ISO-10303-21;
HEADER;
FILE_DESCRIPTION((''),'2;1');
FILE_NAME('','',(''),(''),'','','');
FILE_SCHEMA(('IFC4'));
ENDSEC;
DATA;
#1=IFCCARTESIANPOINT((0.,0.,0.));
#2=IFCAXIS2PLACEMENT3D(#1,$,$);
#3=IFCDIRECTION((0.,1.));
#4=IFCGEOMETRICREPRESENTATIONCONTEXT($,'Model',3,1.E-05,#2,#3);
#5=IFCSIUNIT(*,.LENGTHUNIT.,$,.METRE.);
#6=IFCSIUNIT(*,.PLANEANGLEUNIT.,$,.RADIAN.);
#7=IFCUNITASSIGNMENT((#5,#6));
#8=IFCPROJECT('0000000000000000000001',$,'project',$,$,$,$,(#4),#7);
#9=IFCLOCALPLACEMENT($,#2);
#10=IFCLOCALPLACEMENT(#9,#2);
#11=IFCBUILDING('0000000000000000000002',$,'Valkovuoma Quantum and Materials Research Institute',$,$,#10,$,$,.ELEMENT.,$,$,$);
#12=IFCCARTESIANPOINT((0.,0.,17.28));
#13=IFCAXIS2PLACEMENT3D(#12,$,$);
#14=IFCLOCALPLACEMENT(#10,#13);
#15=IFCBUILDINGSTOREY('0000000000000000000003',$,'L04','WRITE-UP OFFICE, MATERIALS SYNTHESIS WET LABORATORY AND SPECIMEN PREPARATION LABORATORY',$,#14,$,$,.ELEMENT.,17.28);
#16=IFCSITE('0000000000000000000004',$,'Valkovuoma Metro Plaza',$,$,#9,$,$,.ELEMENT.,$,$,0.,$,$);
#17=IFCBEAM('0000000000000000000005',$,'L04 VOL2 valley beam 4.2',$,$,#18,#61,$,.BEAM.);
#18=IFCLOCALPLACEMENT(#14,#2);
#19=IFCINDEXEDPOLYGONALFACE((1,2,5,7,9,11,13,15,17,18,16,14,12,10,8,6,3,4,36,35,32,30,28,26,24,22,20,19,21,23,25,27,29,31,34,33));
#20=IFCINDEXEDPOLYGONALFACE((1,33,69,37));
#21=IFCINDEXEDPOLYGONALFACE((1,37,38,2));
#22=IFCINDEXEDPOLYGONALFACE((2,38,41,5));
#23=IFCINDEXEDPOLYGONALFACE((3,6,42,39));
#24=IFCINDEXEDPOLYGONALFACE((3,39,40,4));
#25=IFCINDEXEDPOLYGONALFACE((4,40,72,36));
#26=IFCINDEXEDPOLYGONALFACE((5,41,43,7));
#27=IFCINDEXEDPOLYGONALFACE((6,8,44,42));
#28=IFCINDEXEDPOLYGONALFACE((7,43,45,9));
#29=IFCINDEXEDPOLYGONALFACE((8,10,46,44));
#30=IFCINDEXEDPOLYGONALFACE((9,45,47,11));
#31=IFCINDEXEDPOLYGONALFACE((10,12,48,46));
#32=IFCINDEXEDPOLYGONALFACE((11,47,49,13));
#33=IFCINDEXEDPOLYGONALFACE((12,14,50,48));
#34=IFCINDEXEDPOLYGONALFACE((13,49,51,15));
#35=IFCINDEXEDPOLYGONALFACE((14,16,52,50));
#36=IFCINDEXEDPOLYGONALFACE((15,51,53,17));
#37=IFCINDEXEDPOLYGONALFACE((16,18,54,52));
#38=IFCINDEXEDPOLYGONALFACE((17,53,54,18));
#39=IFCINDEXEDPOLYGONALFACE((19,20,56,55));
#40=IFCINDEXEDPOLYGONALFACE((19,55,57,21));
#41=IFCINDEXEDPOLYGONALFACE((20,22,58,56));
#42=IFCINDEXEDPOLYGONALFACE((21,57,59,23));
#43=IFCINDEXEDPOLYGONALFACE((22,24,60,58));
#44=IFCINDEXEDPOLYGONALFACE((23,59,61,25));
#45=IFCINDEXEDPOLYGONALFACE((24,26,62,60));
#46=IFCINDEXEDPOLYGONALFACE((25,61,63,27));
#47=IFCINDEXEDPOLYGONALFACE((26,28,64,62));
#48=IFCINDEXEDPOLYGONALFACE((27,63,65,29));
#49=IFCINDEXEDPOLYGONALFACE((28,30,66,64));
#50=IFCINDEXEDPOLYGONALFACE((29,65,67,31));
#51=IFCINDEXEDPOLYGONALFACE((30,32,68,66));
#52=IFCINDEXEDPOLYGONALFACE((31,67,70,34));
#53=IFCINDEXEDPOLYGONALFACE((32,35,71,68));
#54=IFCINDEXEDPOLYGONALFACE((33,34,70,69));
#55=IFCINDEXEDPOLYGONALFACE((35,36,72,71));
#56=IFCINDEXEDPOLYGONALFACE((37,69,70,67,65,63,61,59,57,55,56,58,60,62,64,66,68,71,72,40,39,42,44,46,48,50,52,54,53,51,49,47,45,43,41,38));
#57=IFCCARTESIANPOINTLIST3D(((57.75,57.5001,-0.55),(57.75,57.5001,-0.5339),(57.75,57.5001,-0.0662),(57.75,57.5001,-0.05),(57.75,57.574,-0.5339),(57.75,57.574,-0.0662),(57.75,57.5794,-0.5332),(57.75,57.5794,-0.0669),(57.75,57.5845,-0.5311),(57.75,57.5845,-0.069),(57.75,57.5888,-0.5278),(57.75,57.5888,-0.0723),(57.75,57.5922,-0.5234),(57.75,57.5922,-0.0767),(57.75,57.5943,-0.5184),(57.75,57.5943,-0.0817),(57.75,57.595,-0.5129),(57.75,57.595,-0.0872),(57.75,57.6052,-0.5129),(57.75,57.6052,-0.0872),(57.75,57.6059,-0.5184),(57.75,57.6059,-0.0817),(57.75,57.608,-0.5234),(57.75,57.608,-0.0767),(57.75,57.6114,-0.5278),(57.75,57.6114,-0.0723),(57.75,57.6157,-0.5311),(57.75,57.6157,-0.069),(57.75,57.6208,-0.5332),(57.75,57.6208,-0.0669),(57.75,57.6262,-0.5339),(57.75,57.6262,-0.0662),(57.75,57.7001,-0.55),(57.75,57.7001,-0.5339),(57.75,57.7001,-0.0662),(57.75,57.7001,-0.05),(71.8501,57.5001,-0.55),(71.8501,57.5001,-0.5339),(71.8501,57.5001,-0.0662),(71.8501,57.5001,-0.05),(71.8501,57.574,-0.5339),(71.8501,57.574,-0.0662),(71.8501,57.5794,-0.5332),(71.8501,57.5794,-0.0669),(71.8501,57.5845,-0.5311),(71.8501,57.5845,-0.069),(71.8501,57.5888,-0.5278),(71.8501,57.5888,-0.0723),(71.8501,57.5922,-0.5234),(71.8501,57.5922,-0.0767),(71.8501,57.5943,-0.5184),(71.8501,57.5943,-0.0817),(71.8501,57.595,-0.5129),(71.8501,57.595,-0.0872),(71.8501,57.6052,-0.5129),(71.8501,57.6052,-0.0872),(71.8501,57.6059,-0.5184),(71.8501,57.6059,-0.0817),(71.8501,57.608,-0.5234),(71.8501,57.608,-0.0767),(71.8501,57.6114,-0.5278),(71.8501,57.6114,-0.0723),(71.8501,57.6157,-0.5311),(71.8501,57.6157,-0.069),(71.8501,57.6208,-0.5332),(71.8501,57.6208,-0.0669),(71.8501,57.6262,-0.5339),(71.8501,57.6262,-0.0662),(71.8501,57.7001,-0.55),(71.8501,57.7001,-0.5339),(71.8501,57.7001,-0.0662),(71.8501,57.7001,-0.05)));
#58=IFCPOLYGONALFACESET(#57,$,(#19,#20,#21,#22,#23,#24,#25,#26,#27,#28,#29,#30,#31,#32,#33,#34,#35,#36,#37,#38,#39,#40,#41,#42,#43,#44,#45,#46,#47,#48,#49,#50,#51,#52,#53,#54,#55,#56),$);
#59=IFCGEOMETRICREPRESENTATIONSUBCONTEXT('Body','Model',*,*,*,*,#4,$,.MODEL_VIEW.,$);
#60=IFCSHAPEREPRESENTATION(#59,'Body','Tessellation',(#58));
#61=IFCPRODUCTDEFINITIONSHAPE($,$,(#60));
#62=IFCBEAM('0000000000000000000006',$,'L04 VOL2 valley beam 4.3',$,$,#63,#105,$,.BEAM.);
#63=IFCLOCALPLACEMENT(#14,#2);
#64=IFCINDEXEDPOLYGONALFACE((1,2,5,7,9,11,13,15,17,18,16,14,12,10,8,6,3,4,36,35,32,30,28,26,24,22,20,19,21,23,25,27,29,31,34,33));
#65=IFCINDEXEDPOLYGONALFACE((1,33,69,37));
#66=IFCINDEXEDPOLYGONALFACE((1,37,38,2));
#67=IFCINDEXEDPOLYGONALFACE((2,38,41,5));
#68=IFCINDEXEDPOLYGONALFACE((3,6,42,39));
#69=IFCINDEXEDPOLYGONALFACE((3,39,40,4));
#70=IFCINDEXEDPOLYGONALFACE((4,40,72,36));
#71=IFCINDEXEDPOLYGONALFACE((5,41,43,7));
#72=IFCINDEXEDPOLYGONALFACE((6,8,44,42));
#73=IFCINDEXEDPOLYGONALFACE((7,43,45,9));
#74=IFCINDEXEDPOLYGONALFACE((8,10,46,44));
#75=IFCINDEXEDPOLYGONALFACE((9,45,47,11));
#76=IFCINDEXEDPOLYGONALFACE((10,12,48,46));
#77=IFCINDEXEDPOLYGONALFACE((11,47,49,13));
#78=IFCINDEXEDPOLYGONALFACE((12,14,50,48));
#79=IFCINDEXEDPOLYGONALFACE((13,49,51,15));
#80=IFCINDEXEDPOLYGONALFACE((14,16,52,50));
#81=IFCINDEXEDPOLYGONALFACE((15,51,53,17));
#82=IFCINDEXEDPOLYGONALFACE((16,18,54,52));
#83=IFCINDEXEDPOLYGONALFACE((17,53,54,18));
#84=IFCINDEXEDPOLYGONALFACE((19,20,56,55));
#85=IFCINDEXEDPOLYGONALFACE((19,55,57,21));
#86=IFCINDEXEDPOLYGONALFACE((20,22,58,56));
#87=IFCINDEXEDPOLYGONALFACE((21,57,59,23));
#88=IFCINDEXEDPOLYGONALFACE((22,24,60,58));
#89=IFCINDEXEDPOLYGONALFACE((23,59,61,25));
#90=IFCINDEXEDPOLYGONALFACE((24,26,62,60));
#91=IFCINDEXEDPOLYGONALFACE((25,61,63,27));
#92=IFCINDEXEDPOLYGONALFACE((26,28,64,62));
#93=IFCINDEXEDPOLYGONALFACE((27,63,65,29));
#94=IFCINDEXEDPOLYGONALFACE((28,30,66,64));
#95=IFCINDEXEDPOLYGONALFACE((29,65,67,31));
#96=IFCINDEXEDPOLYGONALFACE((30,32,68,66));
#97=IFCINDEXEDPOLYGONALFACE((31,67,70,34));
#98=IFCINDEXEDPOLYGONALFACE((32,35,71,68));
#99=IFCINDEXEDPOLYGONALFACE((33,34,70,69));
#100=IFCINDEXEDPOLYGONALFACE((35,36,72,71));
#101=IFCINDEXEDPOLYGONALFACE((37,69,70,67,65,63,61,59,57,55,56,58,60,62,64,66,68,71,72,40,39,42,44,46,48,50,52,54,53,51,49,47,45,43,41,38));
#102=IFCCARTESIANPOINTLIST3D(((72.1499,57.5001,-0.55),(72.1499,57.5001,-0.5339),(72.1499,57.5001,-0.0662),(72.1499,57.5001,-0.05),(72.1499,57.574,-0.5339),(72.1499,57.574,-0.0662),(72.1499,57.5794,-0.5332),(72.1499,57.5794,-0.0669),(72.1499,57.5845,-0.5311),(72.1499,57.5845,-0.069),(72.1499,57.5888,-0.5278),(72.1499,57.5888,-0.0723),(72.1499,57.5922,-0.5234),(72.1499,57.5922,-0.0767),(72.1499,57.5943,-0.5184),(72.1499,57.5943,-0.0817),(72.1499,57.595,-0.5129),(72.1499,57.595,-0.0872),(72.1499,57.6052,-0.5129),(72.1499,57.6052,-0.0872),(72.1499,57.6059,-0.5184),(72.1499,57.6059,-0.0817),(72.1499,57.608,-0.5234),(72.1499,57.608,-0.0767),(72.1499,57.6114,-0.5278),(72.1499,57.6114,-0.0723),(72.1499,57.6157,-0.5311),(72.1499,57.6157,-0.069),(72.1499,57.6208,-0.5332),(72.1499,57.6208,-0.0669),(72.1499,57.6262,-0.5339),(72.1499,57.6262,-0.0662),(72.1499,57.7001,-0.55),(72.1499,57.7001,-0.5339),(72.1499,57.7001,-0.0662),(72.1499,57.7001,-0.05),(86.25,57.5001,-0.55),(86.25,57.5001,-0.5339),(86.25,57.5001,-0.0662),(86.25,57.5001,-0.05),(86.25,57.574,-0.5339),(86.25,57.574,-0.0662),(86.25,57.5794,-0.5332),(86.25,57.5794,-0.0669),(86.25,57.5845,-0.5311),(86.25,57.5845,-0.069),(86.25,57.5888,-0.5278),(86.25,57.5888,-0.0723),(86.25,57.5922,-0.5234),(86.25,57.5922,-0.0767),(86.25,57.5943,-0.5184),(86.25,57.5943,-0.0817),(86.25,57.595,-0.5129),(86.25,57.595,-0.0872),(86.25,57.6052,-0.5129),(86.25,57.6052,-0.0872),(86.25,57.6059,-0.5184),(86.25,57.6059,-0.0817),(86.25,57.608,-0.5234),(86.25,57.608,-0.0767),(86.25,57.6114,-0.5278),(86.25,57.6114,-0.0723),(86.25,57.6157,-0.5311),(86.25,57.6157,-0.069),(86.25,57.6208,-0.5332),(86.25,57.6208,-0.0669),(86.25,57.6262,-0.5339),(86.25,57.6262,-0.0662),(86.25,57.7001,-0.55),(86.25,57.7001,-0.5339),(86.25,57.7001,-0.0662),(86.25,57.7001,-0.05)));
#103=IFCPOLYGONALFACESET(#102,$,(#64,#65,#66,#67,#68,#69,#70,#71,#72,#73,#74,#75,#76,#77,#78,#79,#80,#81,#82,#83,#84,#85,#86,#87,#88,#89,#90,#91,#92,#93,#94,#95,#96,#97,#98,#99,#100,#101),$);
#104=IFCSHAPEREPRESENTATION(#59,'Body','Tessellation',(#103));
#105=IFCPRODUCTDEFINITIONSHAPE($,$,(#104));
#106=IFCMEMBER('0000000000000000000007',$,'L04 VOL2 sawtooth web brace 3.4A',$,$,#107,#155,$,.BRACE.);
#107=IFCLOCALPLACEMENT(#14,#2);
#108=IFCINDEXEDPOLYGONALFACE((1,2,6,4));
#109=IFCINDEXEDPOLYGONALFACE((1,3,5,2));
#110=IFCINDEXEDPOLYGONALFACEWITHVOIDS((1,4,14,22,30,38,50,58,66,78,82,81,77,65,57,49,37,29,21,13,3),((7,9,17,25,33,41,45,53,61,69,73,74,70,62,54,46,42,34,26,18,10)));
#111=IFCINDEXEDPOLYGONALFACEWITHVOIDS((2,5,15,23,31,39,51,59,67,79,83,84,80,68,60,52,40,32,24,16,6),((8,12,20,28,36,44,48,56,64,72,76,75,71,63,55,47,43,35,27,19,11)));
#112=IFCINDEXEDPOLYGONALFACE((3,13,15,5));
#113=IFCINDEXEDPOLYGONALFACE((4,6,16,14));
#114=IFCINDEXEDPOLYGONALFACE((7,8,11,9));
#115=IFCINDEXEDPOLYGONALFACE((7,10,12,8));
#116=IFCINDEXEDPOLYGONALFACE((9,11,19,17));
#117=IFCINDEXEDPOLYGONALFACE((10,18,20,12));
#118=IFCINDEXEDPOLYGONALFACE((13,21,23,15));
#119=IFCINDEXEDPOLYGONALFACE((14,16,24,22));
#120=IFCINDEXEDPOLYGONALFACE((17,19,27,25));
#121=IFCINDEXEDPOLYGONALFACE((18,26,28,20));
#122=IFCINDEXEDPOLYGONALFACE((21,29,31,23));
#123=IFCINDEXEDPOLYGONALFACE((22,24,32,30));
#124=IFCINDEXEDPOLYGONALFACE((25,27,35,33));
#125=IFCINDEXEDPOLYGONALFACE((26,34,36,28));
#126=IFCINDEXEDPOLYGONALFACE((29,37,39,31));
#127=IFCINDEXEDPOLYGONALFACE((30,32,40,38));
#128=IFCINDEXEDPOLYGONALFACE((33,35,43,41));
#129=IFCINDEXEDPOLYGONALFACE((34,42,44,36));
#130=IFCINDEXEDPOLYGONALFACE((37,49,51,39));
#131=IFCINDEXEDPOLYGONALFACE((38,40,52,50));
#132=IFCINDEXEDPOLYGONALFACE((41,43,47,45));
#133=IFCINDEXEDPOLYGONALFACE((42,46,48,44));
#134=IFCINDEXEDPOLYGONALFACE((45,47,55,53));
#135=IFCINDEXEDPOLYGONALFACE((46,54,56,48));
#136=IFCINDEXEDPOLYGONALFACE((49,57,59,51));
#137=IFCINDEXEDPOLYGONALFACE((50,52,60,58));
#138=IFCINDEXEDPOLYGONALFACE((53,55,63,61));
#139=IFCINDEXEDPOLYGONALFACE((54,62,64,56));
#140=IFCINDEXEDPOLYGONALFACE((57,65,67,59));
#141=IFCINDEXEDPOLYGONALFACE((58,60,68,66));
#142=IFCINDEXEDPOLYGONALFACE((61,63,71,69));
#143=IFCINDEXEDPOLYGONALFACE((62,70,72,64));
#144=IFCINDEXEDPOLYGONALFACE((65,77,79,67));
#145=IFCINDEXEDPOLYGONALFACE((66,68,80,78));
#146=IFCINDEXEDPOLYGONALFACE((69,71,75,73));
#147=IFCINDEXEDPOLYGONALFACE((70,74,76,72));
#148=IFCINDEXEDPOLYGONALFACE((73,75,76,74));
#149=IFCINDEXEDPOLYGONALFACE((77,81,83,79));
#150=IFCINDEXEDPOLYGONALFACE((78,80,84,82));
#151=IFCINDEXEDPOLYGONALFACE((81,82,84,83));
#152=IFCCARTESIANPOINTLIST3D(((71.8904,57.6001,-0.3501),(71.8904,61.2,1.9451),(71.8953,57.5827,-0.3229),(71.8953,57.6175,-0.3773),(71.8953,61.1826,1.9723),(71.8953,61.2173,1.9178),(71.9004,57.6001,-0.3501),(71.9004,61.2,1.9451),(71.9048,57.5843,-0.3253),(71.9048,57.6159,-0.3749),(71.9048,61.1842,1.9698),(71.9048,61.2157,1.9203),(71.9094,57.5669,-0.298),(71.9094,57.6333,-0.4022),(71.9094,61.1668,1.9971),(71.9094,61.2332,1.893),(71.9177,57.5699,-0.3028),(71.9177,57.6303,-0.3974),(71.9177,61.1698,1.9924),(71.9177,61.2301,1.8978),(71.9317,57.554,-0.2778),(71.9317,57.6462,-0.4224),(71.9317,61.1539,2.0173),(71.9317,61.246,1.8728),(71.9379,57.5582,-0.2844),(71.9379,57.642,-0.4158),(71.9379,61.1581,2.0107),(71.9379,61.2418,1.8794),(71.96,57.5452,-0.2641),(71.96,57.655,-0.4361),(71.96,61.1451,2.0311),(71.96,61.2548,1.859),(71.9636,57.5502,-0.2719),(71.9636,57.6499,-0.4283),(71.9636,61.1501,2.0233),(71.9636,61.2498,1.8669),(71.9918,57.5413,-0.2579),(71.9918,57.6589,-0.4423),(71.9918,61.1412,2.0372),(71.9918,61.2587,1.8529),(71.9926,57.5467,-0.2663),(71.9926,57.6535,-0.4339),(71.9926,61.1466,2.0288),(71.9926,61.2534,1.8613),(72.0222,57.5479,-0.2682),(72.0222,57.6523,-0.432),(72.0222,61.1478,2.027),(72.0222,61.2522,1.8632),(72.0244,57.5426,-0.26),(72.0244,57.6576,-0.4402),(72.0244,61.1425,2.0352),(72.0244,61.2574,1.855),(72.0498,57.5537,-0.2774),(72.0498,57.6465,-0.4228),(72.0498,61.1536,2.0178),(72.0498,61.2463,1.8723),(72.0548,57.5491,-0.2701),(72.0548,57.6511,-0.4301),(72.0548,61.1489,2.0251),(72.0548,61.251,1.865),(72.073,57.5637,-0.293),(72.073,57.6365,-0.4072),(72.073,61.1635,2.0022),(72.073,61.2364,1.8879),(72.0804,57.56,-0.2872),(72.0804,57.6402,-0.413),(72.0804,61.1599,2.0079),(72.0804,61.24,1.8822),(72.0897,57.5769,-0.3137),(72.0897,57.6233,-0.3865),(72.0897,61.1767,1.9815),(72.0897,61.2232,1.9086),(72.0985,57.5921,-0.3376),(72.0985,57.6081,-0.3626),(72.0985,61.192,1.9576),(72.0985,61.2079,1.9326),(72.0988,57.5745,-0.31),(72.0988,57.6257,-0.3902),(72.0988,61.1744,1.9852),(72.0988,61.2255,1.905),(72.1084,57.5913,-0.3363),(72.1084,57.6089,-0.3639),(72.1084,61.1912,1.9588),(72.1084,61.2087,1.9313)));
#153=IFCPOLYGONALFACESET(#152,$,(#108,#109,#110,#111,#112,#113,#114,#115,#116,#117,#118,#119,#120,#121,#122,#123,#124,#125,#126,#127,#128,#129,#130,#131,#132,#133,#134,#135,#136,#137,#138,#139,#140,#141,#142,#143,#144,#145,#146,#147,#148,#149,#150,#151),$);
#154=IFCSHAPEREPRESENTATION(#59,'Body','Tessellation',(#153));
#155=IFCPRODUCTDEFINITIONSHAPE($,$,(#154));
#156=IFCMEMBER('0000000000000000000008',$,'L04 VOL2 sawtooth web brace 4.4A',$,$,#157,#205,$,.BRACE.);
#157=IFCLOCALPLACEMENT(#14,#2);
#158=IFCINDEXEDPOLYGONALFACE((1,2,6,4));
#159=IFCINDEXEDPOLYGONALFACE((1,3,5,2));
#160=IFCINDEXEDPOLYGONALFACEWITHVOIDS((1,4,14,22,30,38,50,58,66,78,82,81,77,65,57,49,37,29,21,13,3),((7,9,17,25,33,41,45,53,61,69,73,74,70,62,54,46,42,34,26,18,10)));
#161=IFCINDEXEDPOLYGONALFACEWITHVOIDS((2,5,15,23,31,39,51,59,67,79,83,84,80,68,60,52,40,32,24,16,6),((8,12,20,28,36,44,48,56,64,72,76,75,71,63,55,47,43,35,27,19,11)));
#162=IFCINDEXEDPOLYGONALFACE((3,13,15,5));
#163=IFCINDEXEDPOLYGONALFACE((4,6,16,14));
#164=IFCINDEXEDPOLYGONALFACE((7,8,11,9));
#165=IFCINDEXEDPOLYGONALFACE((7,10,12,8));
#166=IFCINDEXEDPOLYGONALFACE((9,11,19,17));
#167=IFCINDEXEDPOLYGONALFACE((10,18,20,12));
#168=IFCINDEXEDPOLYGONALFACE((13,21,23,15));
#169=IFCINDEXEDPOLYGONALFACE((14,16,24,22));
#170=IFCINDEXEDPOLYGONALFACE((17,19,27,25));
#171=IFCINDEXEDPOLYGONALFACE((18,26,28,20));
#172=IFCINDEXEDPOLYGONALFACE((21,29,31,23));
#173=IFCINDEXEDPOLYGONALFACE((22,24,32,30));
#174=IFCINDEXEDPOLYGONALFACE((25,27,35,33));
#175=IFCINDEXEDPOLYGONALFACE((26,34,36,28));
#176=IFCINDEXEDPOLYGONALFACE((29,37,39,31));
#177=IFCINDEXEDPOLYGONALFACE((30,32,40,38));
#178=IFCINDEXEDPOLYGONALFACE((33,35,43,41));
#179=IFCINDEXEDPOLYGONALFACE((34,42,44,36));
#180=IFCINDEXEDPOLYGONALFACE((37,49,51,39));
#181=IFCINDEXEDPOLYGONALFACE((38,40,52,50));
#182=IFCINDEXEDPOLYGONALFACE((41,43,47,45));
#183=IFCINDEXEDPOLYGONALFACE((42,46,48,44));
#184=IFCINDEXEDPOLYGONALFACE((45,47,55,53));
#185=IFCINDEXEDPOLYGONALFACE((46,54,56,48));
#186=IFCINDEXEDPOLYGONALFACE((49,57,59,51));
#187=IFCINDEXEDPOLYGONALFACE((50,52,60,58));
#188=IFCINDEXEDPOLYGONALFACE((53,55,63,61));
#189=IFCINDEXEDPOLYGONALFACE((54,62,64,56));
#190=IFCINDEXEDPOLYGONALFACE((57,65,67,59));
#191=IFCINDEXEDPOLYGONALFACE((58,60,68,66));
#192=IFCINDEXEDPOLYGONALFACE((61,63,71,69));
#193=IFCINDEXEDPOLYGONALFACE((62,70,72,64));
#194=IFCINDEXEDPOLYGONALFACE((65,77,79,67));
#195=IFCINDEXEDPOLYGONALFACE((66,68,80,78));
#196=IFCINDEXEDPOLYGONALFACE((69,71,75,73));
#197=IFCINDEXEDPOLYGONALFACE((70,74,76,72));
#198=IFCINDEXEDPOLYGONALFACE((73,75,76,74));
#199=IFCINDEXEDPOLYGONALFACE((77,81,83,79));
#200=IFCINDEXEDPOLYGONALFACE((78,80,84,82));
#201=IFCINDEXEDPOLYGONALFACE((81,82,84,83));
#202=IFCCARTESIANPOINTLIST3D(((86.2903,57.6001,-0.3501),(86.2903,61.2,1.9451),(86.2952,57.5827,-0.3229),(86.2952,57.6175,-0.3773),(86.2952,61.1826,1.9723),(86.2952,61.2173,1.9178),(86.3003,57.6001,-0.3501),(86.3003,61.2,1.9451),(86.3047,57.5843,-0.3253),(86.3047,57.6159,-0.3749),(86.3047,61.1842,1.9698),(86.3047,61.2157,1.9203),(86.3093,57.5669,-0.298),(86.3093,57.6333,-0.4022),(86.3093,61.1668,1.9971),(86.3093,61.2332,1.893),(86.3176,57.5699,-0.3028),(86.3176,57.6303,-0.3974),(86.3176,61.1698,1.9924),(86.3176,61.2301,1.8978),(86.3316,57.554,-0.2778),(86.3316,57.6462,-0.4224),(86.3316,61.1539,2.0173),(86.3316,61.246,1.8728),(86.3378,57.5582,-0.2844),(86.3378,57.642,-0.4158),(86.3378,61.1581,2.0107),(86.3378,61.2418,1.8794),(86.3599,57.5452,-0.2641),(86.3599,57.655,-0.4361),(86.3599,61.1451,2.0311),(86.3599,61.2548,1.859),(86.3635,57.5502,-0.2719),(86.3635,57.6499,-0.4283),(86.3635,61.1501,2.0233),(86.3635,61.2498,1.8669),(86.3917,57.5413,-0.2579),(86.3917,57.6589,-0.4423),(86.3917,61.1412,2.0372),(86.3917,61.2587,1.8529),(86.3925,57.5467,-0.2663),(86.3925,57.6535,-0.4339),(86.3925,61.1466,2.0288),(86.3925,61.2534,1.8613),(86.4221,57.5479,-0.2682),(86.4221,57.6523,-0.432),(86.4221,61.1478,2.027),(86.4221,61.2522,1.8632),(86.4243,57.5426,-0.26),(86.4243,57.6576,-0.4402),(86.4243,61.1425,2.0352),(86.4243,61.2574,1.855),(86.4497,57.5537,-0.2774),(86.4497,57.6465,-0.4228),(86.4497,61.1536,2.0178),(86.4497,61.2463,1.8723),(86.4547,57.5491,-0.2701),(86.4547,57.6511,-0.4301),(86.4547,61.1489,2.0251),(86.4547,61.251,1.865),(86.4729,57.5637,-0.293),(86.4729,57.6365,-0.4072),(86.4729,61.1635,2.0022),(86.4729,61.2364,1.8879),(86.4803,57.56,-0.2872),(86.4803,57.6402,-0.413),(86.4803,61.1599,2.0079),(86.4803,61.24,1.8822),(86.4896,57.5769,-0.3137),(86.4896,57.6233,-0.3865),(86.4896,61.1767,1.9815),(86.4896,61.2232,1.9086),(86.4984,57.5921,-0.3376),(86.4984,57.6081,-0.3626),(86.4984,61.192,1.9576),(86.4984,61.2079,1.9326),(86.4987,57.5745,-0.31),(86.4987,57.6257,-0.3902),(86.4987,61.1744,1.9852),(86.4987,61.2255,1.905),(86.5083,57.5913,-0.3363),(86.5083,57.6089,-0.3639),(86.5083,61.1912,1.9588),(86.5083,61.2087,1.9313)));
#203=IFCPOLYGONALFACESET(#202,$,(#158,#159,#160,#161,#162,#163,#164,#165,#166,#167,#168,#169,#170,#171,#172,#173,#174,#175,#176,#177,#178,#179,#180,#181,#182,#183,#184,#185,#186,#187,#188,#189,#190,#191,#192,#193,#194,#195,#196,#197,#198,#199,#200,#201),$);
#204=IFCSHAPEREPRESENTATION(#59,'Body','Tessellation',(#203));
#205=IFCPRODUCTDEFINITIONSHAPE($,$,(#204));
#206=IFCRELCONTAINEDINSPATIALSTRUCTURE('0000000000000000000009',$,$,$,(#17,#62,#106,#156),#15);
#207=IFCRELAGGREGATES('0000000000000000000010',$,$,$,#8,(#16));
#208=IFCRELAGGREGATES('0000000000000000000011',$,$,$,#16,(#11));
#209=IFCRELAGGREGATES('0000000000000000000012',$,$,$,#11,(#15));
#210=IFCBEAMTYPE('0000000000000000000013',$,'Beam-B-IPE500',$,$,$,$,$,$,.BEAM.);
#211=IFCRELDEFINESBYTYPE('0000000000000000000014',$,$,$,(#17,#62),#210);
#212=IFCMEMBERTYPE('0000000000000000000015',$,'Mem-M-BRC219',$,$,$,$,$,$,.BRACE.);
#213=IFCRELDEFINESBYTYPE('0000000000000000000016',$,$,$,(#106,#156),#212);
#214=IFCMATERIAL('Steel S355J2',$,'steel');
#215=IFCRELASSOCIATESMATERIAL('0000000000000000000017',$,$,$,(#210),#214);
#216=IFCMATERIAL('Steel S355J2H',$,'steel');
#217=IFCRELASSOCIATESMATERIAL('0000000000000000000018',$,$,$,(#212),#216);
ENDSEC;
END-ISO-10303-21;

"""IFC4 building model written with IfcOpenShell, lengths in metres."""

from ifc_helpers import new_model, si_unit, direction, frame, origin, origin_2d, place, context, subcontext, project, spatial, hollow_circle, i_section, extrude, material, material_profile, profile_set, type_object, element, save


model = new_model("IFC4")

# Units and contexts
model_context = context("Model", 3, precision=1e-05, world=origin(), true_north=direction((0.0, 1.0)))
body_context = subcontext(model_context, "Body", "Model", "MODEL_VIEW")
ifc_project = project(units=[si_unit("LENGTHUNIT", "METRE"), si_unit("PLANEANGLEUNIT", "RADIAN")], contexts=[model_context])

# Site, building, storey
site_placement = place(None, origin())
site = spatial("IfcSite", under=ifc_project, at=site_placement, Name="Valkovuoma Metro Plaza", CompositionType="ELEMENT", RefElevation=0.0)
building_placement = place(site_placement, origin())
building = spatial("IfcBuilding", under=site, at=building_placement, Name="Valkovuoma Quantum and Materials Research Institute", CompositionType="ELEMENT")
storey_placement = place(building_placement, frame((0.0, 0.0, 17.28)))
storey = spatial("IfcBuildingStorey", under=building, at=storey_placement, Name="L04", Description="WRITE-UP OFFICE, MATERIALS SYNTHESIS WET LABORATORY AND SPECIMEN PREPARATION LABORATORY", CompositionType="ELEMENT", Elevation=17.28)

# Beams
ifc_material_1 = material(Name="Steel S355J2", Category="steel")
ifc_material_profile_1 = material_profile(ifc_material_1, i_section(OverallWidth=0.2, OverallDepth=0.5, WebThickness=0.0103, FlangeThickness=0.0161, FilletRadius=0.021, at=origin_2d()), Name="Steel S355J2")
ifc_profile_set_1 = profile_set([ifc_material_profile_1], Name="Steel S355J2")
beam_type = type_object("IfcBeamType", Name="Beam-B-IPE500", PredefinedType="BEAM", material=ifc_profile_set_1)
for number, where, z_axis, x_axis, name in (
    (1, (57.75, 57.6001, -0.3), (1.0, 0.0, 0.0), (0.0, 1.0, 0.0), "L04 VOL2 valley beam 4.2"),
    (2, (72.1499, 57.6001, -0.3), (1.0, 0.0, 0.0), (0.0, 1.0, 0.0), "L04 VOL2 valley beam 4.3"),
):
    element("IfcBeam", number, at=place(storey_placement, frame(where, z_axis=z_axis, x_axis=x_axis)), inside=storey, type_object=beam_type, Name=name, PredefinedType="BEAM", context=body_context, shape_type="SweptSolid", body=[
        extrude(i_section(OverallWidth=0.2, OverallDepth=0.5, WebThickness=0.0103, FlangeThickness=0.0161, FilletRadius=0.021, at=origin_2d()), origin(), (0.0, 0.0, 1.0), 14.1001),
    ])

# Members
ifc_material_2 = material(Name="Steel S355J2H", Category="steel")
ifc_material_profile_2 = material_profile(ifc_material_2, hollow_circle(Radius=0.1096, WallThickness=0.01, at=origin_2d()), Name="Steel S355J2H")
ifc_profile_set_2 = profile_set([ifc_material_profile_2], Name="Steel S355J2H")
member_type_1 = type_object("IfcMemberType", Name="Mem-M-BRC219", PredefinedType="BRACE", material=ifc_profile_set_2)
for number, where, z_axis, x_axis, name in (
    (3, (72.0, 57.6001, -0.3501), (0.0, 0.8432, 0.537601), (-1.0, 0.0, 0.0), "L04 VOL2 sawtooth web brace 3.4A"),
    (4, (86.3999, 57.6001, -0.3501), (0.0, 0.8432, 0.537601), (-1.0, 0.0, 0.0), "L04 VOL2 sawtooth web brace 4.4A"),
):
    element("IfcMember", number, at=place(storey_placement, frame(where, z_axis=z_axis, x_axis=x_axis)), inside=storey, type_object=member_type_1, Name=name, PredefinedType="BRACE", context=body_context, shape_type="SweptSolid", body=[
        extrude(hollow_circle(Radius=0.1096, WallThickness=0.01, at=origin_2d()), origin(), (0.0, 0.0, 1.0), 4.2693),
    ])

save(model, "model.ifc")
